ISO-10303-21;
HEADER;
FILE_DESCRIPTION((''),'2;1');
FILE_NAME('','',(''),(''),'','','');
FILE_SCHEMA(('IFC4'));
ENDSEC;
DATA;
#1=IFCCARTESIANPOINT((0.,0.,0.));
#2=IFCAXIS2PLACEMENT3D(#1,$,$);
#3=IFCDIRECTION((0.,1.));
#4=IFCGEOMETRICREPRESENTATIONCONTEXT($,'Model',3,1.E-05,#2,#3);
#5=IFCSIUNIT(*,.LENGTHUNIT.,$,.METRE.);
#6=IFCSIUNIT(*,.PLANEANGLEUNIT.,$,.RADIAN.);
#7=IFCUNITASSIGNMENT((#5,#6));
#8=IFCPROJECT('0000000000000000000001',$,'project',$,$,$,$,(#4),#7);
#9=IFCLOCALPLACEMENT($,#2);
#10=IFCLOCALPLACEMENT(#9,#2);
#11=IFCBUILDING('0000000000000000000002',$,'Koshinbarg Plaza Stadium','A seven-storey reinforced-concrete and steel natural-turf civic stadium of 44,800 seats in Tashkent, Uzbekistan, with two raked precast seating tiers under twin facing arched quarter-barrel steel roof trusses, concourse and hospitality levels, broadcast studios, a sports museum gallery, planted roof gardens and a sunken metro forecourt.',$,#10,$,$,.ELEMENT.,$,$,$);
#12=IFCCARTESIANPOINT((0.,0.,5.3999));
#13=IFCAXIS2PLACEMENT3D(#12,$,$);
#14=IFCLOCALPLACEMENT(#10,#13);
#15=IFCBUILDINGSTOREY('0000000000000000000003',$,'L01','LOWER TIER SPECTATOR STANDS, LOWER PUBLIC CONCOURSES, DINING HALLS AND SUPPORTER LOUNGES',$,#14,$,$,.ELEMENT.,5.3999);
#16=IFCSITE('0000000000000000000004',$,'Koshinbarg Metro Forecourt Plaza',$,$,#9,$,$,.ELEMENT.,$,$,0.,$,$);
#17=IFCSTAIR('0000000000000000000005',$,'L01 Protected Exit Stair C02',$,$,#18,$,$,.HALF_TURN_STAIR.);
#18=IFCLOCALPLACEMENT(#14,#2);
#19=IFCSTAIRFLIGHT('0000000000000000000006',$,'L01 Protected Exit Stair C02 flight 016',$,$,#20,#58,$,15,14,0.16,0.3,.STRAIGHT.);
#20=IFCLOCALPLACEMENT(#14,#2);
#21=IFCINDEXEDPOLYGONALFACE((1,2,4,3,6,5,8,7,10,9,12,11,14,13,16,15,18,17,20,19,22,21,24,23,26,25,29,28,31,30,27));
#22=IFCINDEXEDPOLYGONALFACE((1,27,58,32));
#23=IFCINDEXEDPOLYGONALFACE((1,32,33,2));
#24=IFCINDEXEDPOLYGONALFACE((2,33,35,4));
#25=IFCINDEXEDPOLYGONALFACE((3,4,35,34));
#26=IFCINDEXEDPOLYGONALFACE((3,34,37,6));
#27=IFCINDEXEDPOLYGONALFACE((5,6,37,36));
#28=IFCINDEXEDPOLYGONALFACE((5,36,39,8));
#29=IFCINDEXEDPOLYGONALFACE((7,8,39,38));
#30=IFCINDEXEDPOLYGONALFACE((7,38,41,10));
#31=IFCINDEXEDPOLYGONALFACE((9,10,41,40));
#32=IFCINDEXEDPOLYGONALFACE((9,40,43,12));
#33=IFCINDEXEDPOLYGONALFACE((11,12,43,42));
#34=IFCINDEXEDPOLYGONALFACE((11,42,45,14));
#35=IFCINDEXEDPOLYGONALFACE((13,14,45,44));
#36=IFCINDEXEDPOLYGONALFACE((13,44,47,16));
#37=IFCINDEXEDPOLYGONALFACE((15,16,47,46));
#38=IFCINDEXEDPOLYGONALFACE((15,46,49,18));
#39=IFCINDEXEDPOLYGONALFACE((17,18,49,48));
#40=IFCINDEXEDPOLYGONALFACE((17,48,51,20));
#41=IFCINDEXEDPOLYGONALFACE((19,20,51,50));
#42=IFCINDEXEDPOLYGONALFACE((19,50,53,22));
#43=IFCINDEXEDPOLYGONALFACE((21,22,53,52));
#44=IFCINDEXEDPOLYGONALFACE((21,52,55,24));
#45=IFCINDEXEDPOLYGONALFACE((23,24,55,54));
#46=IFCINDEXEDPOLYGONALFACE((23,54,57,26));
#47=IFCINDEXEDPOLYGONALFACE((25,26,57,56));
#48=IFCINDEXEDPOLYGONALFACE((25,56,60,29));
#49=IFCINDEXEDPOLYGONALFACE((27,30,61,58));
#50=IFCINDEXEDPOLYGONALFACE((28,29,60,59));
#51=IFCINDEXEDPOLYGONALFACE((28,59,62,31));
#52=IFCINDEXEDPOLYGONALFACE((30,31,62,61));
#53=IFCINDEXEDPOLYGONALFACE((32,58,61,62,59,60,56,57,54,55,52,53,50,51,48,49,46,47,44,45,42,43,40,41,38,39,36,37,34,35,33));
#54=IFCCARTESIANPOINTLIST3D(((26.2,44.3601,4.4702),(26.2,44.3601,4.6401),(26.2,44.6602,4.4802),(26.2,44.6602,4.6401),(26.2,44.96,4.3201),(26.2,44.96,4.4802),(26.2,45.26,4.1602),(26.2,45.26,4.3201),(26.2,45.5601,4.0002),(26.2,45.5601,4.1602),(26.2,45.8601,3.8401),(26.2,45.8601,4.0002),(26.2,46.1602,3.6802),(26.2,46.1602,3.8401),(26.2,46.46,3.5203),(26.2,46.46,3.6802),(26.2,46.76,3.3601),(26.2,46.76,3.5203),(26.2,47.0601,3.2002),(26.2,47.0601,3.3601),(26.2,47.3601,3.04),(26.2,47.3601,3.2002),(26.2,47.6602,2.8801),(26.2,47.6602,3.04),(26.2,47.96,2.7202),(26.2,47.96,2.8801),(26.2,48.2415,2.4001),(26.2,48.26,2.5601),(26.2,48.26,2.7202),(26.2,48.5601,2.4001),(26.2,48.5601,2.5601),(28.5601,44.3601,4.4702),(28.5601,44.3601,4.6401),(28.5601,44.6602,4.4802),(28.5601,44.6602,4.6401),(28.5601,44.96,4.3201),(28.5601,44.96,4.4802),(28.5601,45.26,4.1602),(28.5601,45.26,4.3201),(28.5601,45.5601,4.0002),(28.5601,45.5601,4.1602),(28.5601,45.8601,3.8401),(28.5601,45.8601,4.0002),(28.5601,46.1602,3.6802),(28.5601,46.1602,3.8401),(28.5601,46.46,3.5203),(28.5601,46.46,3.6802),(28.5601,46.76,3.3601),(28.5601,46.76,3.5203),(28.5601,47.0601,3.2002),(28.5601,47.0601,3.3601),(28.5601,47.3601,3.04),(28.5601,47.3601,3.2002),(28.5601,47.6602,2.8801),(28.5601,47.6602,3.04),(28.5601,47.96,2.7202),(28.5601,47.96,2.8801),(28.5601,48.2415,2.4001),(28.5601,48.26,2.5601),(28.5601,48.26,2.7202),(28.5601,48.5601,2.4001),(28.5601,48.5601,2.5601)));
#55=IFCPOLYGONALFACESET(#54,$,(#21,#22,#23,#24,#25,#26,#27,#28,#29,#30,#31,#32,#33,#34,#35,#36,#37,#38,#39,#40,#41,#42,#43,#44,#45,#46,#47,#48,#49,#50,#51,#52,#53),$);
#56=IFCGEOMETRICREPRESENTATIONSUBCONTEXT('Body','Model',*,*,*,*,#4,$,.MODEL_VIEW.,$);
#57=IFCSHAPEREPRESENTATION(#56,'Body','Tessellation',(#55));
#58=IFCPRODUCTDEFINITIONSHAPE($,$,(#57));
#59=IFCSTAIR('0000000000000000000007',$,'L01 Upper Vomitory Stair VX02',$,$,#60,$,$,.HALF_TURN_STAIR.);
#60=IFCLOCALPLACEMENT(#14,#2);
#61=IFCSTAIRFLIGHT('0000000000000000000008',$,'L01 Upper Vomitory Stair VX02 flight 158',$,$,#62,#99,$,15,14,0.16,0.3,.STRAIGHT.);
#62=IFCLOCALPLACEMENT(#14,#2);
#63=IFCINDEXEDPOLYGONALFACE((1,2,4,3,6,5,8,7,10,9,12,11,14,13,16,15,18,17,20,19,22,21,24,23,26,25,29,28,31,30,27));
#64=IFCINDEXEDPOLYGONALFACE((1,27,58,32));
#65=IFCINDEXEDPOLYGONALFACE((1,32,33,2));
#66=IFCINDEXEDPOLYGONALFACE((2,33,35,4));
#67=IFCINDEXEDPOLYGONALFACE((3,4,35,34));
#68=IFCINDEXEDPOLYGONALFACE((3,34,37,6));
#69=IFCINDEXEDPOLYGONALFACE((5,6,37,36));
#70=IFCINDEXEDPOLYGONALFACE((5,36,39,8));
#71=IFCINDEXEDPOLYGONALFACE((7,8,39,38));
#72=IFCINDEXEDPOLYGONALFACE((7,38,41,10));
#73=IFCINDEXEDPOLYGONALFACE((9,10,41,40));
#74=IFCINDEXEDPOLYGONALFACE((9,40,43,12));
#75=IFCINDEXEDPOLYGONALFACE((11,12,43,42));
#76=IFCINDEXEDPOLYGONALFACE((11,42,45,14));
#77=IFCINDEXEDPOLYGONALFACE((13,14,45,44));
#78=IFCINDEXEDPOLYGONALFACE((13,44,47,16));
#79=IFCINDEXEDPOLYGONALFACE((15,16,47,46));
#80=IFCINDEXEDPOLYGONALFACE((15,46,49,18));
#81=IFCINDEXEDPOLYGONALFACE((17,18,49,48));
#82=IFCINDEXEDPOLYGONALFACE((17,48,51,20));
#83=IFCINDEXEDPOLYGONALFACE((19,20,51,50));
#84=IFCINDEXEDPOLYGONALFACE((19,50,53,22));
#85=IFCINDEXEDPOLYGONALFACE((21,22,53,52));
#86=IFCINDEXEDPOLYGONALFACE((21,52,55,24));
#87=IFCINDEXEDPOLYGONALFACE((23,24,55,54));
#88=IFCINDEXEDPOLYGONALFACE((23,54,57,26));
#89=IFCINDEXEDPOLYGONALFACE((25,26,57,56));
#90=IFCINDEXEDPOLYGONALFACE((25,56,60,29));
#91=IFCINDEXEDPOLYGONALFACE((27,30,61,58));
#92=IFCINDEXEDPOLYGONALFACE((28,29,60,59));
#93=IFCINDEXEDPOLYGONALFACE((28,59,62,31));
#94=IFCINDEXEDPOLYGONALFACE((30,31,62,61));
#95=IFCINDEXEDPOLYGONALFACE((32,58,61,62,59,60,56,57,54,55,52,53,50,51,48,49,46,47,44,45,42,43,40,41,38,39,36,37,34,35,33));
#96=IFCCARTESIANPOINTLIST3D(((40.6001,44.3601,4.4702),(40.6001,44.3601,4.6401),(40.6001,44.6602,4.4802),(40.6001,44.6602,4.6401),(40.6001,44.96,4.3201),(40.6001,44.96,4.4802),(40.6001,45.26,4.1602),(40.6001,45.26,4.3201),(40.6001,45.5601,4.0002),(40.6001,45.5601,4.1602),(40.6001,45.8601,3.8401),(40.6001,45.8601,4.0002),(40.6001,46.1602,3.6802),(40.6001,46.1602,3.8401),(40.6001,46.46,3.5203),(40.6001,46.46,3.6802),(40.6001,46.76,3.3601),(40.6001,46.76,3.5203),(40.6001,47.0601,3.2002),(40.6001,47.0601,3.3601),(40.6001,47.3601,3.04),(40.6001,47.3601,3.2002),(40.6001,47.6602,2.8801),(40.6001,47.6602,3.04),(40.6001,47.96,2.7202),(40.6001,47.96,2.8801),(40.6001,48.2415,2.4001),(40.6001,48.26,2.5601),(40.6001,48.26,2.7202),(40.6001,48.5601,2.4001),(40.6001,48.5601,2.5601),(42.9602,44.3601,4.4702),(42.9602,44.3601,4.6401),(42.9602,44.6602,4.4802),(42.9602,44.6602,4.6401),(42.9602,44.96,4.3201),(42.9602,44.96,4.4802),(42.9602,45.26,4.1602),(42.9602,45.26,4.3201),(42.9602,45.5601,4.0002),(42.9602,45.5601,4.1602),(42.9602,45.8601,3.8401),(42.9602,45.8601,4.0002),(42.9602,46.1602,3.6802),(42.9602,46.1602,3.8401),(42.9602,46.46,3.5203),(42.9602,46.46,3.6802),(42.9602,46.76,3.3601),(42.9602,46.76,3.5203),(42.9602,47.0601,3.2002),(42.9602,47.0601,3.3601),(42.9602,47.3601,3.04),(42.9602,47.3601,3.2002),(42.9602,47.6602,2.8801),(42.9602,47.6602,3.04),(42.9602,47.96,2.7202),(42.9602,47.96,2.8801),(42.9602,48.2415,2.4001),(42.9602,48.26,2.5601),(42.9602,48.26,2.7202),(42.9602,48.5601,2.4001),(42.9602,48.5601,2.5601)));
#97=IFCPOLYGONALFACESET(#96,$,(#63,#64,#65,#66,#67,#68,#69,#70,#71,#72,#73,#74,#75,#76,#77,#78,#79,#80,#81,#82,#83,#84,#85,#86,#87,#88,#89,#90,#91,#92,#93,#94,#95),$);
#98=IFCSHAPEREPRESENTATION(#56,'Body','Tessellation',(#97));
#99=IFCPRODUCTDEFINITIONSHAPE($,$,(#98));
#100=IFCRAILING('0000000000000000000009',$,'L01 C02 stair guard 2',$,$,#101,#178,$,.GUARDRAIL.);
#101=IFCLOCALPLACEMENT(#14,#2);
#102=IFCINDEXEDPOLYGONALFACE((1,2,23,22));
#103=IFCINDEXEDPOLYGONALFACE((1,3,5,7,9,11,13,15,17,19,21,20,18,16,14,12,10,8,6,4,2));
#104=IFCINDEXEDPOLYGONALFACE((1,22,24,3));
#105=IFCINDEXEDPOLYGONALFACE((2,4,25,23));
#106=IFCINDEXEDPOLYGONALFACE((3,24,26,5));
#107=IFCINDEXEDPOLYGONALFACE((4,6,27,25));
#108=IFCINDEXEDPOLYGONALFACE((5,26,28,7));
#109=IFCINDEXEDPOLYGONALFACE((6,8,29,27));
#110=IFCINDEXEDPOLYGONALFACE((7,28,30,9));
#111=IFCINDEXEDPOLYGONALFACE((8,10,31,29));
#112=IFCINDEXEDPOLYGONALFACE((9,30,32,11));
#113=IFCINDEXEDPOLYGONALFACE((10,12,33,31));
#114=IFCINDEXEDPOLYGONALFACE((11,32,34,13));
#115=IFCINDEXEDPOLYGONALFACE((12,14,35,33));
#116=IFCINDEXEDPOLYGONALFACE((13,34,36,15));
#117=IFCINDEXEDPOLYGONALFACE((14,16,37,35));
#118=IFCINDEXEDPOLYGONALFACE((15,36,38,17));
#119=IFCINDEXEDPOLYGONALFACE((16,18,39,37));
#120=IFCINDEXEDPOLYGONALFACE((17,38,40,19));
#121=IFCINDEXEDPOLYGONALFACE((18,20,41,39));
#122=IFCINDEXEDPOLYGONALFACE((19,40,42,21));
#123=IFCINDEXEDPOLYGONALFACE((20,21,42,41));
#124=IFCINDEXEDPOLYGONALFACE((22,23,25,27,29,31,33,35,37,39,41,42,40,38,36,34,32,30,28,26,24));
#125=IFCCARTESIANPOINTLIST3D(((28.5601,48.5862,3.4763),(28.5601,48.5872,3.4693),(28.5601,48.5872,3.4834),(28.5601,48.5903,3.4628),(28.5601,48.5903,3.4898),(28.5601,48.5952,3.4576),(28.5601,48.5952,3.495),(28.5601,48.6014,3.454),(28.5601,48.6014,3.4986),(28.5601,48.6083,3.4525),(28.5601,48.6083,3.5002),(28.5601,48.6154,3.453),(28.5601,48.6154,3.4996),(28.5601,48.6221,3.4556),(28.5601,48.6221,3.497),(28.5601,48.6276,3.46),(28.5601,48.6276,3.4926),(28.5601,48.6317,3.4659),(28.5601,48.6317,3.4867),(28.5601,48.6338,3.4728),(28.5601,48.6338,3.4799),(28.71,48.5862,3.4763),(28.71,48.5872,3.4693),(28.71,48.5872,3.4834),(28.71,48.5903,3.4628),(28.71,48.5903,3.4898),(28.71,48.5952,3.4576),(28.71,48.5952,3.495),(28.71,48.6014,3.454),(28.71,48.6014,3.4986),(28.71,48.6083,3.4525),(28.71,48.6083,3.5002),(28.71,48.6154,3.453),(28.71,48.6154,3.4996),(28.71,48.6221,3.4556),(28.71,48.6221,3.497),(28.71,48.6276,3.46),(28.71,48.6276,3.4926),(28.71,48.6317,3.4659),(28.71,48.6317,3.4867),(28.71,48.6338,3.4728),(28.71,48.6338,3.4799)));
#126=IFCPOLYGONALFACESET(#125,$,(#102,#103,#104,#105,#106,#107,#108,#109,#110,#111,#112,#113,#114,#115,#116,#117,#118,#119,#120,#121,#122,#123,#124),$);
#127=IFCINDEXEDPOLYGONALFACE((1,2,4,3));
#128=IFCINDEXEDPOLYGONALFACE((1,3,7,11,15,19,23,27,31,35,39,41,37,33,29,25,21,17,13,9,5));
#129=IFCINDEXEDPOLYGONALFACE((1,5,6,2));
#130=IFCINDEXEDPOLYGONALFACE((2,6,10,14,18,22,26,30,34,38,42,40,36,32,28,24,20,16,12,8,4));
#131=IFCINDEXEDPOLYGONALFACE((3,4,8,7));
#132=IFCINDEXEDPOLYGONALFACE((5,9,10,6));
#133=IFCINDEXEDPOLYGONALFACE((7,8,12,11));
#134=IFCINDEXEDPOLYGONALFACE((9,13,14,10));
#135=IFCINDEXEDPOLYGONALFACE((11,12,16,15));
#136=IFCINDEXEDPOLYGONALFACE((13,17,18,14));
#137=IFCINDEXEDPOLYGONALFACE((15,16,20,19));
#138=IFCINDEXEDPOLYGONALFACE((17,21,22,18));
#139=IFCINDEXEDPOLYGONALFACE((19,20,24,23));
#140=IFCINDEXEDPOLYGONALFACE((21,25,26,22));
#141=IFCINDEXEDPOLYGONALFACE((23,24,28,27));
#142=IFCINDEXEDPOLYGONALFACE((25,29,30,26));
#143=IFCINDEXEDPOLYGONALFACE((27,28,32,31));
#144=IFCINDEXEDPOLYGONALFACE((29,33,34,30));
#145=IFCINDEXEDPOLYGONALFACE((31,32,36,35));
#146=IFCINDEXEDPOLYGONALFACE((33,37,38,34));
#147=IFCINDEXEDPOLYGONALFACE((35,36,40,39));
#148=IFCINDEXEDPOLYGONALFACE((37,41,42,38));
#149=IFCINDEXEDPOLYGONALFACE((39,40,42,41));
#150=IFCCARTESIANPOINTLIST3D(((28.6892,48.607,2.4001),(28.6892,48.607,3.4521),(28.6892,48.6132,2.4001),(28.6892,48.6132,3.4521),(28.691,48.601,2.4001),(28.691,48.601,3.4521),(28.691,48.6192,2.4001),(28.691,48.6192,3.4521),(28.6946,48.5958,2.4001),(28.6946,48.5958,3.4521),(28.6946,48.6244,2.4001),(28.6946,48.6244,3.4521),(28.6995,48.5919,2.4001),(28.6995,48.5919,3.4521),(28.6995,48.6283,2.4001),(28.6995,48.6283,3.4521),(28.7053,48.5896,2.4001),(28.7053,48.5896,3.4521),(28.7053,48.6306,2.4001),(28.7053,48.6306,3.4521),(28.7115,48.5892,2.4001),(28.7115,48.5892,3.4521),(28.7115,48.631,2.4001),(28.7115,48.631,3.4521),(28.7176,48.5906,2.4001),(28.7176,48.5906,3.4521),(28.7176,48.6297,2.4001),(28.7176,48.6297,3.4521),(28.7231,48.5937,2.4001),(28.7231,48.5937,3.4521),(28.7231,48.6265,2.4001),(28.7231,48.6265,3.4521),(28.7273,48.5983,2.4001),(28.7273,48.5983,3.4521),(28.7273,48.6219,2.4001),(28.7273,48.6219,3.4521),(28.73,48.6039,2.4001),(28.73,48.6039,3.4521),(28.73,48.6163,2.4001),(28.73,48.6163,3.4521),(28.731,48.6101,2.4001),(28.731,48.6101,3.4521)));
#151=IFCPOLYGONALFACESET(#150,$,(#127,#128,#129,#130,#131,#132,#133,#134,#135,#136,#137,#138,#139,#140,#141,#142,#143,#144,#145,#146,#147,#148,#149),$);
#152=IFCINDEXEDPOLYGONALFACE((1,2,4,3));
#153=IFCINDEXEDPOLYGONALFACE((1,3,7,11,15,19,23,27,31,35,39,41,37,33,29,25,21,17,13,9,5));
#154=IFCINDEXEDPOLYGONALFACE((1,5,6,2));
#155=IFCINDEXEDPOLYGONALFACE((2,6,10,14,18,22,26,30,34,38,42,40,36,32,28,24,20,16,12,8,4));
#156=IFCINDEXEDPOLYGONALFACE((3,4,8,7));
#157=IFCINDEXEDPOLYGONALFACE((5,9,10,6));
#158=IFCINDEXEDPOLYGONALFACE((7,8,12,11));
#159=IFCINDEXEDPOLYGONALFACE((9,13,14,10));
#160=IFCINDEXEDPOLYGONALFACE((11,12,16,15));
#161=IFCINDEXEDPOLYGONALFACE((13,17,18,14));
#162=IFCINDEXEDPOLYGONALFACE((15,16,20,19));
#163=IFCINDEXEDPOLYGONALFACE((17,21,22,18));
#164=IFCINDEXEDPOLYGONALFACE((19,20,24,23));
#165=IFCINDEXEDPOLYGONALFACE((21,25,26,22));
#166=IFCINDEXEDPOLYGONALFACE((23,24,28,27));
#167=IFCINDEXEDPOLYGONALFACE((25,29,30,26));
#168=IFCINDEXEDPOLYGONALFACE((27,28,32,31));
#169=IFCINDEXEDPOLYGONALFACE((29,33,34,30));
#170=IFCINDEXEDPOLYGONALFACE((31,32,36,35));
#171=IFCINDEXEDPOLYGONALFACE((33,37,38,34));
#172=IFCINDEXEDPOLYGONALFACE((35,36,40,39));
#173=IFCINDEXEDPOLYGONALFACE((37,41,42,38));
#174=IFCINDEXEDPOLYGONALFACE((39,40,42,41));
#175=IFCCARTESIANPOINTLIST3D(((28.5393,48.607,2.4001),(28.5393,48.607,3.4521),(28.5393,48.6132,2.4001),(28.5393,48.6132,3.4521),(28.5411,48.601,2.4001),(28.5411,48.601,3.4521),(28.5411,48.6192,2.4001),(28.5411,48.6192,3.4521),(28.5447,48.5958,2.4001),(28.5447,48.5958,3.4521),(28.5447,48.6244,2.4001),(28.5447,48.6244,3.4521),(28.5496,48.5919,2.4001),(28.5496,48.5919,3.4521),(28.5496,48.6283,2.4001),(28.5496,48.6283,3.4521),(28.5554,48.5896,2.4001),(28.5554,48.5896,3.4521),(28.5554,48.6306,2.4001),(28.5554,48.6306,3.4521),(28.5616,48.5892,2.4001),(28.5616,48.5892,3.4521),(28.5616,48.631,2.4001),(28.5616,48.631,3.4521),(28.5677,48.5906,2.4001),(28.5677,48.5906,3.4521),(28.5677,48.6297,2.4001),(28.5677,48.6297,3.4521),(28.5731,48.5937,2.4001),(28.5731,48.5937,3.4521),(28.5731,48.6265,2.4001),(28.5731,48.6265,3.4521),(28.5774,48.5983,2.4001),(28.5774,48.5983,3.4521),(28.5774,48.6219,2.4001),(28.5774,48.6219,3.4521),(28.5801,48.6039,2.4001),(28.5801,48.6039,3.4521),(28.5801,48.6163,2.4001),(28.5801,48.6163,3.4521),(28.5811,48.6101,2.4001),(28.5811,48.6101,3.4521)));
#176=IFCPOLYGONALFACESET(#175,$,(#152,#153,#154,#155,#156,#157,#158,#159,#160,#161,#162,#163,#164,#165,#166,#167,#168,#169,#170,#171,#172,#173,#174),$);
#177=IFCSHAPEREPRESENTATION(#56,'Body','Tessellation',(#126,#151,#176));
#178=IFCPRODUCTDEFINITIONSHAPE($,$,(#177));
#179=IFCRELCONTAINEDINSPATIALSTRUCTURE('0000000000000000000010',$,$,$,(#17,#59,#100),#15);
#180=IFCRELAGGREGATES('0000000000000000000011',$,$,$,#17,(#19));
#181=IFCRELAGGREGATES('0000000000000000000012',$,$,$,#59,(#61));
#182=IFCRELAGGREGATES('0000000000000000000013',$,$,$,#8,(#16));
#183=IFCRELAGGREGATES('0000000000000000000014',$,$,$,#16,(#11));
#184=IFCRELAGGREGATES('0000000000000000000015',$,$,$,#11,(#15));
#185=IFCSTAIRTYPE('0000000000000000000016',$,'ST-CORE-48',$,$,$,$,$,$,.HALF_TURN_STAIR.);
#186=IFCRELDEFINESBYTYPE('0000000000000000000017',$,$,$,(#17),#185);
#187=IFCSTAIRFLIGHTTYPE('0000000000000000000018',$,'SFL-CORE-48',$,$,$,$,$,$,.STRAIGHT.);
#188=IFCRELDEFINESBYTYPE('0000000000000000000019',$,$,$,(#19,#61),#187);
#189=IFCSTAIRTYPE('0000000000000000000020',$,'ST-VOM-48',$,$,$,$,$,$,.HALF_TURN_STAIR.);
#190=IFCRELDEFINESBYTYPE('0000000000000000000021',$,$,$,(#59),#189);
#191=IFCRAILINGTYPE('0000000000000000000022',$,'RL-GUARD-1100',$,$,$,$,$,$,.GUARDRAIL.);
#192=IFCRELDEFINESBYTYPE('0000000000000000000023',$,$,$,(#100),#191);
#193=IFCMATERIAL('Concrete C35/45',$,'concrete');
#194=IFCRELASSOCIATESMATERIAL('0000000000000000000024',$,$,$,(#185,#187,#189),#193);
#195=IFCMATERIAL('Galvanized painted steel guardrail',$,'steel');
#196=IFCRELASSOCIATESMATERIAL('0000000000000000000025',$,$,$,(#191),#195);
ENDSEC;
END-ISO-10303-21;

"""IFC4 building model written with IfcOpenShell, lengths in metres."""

from ifc_helpers import new_model, si_unit, direction, frame, origin, origin_2d, place, context, subcontext, project, spatial, polyline, circle, outline, extrude, material, type_object, element, aggregate, save


model = new_model("IFC4")

# Units and contexts
model_context = context("Model", 3, precision=1e-05, world=origin(), true_north=direction((0.0, 1.0)))
body_context = subcontext(model_context, "Body", "Model", "MODEL_VIEW")
ifc_project = project(units=[si_unit("LENGTHUNIT", "METRE"), si_unit("PLANEANGLEUNIT", "RADIAN")], contexts=[model_context])

# Site, building, storey
site_placement = place(None, origin())
site = spatial("IfcSite", under=ifc_project, at=site_placement, Name="Koshinbarg Metro Forecourt Plaza", CompositionType="ELEMENT", RefElevation=0.0)
building_placement = place(site_placement, origin())
building = spatial("IfcBuilding", under=site, at=building_placement, Name="Koshinbarg Plaza Stadium", Description="A seven-storey reinforced-concrete and steel natural-turf civic stadium of 44,800 seats in Tashkent, Uzbekistan, with two raked precast seating tiers under twin facing arched quarter-barrel steel roof trusses, concourse and hospitality levels, broadcast studios, a sports museum gallery, planted roof gardens and a sunken metro forecourt.", CompositionType="ELEMENT")
storey_placement = place(building_placement, frame((0.0, 0.0, 5.3999)))
storey = spatial("IfcBuildingStorey", under=building, at=storey_placement, Name="L01", Description="LOWER TIER SPECTATOR STANDS, LOWER PUBLIC CONCOURSES, DINING HALLS AND SUPPORTER LOUNGES", CompositionType="ELEMENT", Elevation=5.3999)

# Stairs, stair flights
ifc_material_1 = material(Name="Concrete C35/45", Category="concrete")
stair_type_1 = type_object("IfcStairType", Name="ST-CORE-48", PredefinedType="HALF_TURN_STAIR", material=ifc_material_1)
stair_1_placement = place(storey_placement, origin())
stair_1 = element("IfcStair", 1, at=stair_1_placement, inside=storey, type_object=stair_type_1, Name="L01 Protected Exit Stair C02", PredefinedType="HALF_TURN_STAIR")
stair_flight_type = type_object("IfcStairFlightType", Name="SFL-CORE-48", PredefinedType="STRAIGHT", material=ifc_material_1)
stair_flight_1_placement = place(storey_placement, frame((27.3799, 48.5601, 2.4001), z_axis=(0.0, 0.0, 1.0), x_axis=(0.0, -1.0, 0.0)))
stair_flight_1 = element("IfcStairFlight", 2, at=stair_flight_1_placement, type_object=stair_flight_type, Name="L01 Protected Exit Stair C02 flight 016", NumberOfRisers=15, NumberOfTreads=14, PredefinedType="STRAIGHT", RiserHeight=0.16, TreadLength=0.3, context=body_context, shape_type="SweptSolid", body=[
    extrude(outline(polyline([(0.0, 0.0), (0.0, 0.1599), (0.3, 0.1599), (0.3, 0.3201), (0.6001, 0.3201), (0.6001, 0.48), (0.8999, 0.48), (0.8999, 0.6399), (1.2, 0.6399), (1.2, 0.8), (1.5, 0.8), (1.5, 0.96), (1.8, 0.96), (1.8, 1.1201), (2.1001, 1.1201), (2.1001, 1.28), (2.3999, 1.28), (2.3999, 1.4399), (2.7, 1.4399), (2.7, 1.6001), (3.0, 1.6001), (3.0, 1.76), (3.3, 1.76), (3.3, 1.9199), (3.6001, 1.9199), (3.6001, 2.0801), (3.8999, 2.0801), (3.8999, 2.24), (4.2, 2.24), (4.2, 2.3999), (4.2, 2.0701), (0.3186, 0.0), (0.0, 0.0)])), frame((0.0, 1.1802, 0.0), z_axis=(0.0, -1.0, 0.0), x_axis=(1.0, 0.0, 0.0)), (0.0, 0.0, 1.0), 2.3601),
])
aggregate(stair_1, [stair_flight_1])
stair_type_2 = type_object("IfcStairType", Name="ST-VOM-48", PredefinedType="HALF_TURN_STAIR", material=ifc_material_1)
stair_2_placement = place(storey_placement, origin())
stair_2 = element("IfcStair", 3, at=stair_2_placement, inside=storey, type_object=stair_type_2, Name="L01 Upper Vomitory Stair VX02", PredefinedType="HALF_TURN_STAIR")
stair_flight_2_placement = place(storey_placement, frame((41.78, 48.5601, 2.4001), z_axis=(0.0, 0.0, 1.0), x_axis=(0.0, -1.0, 0.0)))
stair_flight_2 = element("IfcStairFlight", 4, at=stair_flight_2_placement, type_object=stair_flight_type, Name="L01 Upper Vomitory Stair VX02 flight 158", NumberOfRisers=15, NumberOfTreads=14, PredefinedType="STRAIGHT", RiserHeight=0.16, TreadLength=0.3, context=body_context, shape_type="SweptSolid", body=[
    extrude(outline(polyline([(0.0, 0.0), (0.0, 0.1599), (0.3, 0.1599), (0.3, 0.3201), (0.6001, 0.3201), (0.6001, 0.48), (0.8999, 0.48), (0.8999, 0.6399), (1.2, 0.6399), (1.2, 0.8), (1.5, 0.8), (1.5, 0.96), (1.8, 0.96), (1.8, 1.1201), (2.1001, 1.1201), (2.1001, 1.28), (2.3999, 1.28), (2.3999, 1.4399), (2.7, 1.4399), (2.7, 1.6001), (3.0, 1.6001), (3.0, 1.76), (3.3, 1.76), (3.3, 1.9199), (3.6001, 1.9199), (3.6001, 2.0801), (3.8999, 2.0801), (3.8999, 2.24), (4.2, 2.24), (4.2, 2.3999), (4.2, 2.0701), (0.3186, 0.0), (0.0, 0.0)])), frame((0.0, 1.1802, 0.0), z_axis=(0.0, -1.0, 0.0), x_axis=(1.0, 0.0, 0.0)), (0.0, 0.0, 1.0), 2.3601),
])
aggregate(stair_2, [stair_flight_2])

# Railing
ifc_material_2 = material(Name="Galvanized painted steel guardrail", Category="steel")
railing_type_1 = type_object("IfcRailingType", Name="RL-GUARD-1100", PredefinedType="GUARDRAIL", material=ifc_material_2)
railing_placement = place(storey_placement, frame((28.71, 48.6101, 2.4001)))
element("IfcRailing", 5, at=railing_placement, inside=storey, type_object=railing_type_1, Name="L01 C02 stair guard 2", PredefinedType="GUARDRAIL", context=body_context, shape_type="SweptSolid", body=[
    extrude(circle(Radius=0.0239, at=origin_2d()), frame((0.0, 0.0, 1.0762), z_axis=(-1.0, 0.0, 0.0), x_axis=(0.0, -1.0, 0.0)), (0.0, 0.0, 1.0), 0.1499),
    extrude(circle(Radius=0.021, at=origin_2d()), origin(), (0.0, 0.0, 1.0), 1.052),
    extrude(circle(Radius=0.021, at=origin_2d()), frame((-0.1499, 0.0, 0.0)), (0.0, 0.0, 1.0), 1.052),
])

save(model, "model.ifc")
